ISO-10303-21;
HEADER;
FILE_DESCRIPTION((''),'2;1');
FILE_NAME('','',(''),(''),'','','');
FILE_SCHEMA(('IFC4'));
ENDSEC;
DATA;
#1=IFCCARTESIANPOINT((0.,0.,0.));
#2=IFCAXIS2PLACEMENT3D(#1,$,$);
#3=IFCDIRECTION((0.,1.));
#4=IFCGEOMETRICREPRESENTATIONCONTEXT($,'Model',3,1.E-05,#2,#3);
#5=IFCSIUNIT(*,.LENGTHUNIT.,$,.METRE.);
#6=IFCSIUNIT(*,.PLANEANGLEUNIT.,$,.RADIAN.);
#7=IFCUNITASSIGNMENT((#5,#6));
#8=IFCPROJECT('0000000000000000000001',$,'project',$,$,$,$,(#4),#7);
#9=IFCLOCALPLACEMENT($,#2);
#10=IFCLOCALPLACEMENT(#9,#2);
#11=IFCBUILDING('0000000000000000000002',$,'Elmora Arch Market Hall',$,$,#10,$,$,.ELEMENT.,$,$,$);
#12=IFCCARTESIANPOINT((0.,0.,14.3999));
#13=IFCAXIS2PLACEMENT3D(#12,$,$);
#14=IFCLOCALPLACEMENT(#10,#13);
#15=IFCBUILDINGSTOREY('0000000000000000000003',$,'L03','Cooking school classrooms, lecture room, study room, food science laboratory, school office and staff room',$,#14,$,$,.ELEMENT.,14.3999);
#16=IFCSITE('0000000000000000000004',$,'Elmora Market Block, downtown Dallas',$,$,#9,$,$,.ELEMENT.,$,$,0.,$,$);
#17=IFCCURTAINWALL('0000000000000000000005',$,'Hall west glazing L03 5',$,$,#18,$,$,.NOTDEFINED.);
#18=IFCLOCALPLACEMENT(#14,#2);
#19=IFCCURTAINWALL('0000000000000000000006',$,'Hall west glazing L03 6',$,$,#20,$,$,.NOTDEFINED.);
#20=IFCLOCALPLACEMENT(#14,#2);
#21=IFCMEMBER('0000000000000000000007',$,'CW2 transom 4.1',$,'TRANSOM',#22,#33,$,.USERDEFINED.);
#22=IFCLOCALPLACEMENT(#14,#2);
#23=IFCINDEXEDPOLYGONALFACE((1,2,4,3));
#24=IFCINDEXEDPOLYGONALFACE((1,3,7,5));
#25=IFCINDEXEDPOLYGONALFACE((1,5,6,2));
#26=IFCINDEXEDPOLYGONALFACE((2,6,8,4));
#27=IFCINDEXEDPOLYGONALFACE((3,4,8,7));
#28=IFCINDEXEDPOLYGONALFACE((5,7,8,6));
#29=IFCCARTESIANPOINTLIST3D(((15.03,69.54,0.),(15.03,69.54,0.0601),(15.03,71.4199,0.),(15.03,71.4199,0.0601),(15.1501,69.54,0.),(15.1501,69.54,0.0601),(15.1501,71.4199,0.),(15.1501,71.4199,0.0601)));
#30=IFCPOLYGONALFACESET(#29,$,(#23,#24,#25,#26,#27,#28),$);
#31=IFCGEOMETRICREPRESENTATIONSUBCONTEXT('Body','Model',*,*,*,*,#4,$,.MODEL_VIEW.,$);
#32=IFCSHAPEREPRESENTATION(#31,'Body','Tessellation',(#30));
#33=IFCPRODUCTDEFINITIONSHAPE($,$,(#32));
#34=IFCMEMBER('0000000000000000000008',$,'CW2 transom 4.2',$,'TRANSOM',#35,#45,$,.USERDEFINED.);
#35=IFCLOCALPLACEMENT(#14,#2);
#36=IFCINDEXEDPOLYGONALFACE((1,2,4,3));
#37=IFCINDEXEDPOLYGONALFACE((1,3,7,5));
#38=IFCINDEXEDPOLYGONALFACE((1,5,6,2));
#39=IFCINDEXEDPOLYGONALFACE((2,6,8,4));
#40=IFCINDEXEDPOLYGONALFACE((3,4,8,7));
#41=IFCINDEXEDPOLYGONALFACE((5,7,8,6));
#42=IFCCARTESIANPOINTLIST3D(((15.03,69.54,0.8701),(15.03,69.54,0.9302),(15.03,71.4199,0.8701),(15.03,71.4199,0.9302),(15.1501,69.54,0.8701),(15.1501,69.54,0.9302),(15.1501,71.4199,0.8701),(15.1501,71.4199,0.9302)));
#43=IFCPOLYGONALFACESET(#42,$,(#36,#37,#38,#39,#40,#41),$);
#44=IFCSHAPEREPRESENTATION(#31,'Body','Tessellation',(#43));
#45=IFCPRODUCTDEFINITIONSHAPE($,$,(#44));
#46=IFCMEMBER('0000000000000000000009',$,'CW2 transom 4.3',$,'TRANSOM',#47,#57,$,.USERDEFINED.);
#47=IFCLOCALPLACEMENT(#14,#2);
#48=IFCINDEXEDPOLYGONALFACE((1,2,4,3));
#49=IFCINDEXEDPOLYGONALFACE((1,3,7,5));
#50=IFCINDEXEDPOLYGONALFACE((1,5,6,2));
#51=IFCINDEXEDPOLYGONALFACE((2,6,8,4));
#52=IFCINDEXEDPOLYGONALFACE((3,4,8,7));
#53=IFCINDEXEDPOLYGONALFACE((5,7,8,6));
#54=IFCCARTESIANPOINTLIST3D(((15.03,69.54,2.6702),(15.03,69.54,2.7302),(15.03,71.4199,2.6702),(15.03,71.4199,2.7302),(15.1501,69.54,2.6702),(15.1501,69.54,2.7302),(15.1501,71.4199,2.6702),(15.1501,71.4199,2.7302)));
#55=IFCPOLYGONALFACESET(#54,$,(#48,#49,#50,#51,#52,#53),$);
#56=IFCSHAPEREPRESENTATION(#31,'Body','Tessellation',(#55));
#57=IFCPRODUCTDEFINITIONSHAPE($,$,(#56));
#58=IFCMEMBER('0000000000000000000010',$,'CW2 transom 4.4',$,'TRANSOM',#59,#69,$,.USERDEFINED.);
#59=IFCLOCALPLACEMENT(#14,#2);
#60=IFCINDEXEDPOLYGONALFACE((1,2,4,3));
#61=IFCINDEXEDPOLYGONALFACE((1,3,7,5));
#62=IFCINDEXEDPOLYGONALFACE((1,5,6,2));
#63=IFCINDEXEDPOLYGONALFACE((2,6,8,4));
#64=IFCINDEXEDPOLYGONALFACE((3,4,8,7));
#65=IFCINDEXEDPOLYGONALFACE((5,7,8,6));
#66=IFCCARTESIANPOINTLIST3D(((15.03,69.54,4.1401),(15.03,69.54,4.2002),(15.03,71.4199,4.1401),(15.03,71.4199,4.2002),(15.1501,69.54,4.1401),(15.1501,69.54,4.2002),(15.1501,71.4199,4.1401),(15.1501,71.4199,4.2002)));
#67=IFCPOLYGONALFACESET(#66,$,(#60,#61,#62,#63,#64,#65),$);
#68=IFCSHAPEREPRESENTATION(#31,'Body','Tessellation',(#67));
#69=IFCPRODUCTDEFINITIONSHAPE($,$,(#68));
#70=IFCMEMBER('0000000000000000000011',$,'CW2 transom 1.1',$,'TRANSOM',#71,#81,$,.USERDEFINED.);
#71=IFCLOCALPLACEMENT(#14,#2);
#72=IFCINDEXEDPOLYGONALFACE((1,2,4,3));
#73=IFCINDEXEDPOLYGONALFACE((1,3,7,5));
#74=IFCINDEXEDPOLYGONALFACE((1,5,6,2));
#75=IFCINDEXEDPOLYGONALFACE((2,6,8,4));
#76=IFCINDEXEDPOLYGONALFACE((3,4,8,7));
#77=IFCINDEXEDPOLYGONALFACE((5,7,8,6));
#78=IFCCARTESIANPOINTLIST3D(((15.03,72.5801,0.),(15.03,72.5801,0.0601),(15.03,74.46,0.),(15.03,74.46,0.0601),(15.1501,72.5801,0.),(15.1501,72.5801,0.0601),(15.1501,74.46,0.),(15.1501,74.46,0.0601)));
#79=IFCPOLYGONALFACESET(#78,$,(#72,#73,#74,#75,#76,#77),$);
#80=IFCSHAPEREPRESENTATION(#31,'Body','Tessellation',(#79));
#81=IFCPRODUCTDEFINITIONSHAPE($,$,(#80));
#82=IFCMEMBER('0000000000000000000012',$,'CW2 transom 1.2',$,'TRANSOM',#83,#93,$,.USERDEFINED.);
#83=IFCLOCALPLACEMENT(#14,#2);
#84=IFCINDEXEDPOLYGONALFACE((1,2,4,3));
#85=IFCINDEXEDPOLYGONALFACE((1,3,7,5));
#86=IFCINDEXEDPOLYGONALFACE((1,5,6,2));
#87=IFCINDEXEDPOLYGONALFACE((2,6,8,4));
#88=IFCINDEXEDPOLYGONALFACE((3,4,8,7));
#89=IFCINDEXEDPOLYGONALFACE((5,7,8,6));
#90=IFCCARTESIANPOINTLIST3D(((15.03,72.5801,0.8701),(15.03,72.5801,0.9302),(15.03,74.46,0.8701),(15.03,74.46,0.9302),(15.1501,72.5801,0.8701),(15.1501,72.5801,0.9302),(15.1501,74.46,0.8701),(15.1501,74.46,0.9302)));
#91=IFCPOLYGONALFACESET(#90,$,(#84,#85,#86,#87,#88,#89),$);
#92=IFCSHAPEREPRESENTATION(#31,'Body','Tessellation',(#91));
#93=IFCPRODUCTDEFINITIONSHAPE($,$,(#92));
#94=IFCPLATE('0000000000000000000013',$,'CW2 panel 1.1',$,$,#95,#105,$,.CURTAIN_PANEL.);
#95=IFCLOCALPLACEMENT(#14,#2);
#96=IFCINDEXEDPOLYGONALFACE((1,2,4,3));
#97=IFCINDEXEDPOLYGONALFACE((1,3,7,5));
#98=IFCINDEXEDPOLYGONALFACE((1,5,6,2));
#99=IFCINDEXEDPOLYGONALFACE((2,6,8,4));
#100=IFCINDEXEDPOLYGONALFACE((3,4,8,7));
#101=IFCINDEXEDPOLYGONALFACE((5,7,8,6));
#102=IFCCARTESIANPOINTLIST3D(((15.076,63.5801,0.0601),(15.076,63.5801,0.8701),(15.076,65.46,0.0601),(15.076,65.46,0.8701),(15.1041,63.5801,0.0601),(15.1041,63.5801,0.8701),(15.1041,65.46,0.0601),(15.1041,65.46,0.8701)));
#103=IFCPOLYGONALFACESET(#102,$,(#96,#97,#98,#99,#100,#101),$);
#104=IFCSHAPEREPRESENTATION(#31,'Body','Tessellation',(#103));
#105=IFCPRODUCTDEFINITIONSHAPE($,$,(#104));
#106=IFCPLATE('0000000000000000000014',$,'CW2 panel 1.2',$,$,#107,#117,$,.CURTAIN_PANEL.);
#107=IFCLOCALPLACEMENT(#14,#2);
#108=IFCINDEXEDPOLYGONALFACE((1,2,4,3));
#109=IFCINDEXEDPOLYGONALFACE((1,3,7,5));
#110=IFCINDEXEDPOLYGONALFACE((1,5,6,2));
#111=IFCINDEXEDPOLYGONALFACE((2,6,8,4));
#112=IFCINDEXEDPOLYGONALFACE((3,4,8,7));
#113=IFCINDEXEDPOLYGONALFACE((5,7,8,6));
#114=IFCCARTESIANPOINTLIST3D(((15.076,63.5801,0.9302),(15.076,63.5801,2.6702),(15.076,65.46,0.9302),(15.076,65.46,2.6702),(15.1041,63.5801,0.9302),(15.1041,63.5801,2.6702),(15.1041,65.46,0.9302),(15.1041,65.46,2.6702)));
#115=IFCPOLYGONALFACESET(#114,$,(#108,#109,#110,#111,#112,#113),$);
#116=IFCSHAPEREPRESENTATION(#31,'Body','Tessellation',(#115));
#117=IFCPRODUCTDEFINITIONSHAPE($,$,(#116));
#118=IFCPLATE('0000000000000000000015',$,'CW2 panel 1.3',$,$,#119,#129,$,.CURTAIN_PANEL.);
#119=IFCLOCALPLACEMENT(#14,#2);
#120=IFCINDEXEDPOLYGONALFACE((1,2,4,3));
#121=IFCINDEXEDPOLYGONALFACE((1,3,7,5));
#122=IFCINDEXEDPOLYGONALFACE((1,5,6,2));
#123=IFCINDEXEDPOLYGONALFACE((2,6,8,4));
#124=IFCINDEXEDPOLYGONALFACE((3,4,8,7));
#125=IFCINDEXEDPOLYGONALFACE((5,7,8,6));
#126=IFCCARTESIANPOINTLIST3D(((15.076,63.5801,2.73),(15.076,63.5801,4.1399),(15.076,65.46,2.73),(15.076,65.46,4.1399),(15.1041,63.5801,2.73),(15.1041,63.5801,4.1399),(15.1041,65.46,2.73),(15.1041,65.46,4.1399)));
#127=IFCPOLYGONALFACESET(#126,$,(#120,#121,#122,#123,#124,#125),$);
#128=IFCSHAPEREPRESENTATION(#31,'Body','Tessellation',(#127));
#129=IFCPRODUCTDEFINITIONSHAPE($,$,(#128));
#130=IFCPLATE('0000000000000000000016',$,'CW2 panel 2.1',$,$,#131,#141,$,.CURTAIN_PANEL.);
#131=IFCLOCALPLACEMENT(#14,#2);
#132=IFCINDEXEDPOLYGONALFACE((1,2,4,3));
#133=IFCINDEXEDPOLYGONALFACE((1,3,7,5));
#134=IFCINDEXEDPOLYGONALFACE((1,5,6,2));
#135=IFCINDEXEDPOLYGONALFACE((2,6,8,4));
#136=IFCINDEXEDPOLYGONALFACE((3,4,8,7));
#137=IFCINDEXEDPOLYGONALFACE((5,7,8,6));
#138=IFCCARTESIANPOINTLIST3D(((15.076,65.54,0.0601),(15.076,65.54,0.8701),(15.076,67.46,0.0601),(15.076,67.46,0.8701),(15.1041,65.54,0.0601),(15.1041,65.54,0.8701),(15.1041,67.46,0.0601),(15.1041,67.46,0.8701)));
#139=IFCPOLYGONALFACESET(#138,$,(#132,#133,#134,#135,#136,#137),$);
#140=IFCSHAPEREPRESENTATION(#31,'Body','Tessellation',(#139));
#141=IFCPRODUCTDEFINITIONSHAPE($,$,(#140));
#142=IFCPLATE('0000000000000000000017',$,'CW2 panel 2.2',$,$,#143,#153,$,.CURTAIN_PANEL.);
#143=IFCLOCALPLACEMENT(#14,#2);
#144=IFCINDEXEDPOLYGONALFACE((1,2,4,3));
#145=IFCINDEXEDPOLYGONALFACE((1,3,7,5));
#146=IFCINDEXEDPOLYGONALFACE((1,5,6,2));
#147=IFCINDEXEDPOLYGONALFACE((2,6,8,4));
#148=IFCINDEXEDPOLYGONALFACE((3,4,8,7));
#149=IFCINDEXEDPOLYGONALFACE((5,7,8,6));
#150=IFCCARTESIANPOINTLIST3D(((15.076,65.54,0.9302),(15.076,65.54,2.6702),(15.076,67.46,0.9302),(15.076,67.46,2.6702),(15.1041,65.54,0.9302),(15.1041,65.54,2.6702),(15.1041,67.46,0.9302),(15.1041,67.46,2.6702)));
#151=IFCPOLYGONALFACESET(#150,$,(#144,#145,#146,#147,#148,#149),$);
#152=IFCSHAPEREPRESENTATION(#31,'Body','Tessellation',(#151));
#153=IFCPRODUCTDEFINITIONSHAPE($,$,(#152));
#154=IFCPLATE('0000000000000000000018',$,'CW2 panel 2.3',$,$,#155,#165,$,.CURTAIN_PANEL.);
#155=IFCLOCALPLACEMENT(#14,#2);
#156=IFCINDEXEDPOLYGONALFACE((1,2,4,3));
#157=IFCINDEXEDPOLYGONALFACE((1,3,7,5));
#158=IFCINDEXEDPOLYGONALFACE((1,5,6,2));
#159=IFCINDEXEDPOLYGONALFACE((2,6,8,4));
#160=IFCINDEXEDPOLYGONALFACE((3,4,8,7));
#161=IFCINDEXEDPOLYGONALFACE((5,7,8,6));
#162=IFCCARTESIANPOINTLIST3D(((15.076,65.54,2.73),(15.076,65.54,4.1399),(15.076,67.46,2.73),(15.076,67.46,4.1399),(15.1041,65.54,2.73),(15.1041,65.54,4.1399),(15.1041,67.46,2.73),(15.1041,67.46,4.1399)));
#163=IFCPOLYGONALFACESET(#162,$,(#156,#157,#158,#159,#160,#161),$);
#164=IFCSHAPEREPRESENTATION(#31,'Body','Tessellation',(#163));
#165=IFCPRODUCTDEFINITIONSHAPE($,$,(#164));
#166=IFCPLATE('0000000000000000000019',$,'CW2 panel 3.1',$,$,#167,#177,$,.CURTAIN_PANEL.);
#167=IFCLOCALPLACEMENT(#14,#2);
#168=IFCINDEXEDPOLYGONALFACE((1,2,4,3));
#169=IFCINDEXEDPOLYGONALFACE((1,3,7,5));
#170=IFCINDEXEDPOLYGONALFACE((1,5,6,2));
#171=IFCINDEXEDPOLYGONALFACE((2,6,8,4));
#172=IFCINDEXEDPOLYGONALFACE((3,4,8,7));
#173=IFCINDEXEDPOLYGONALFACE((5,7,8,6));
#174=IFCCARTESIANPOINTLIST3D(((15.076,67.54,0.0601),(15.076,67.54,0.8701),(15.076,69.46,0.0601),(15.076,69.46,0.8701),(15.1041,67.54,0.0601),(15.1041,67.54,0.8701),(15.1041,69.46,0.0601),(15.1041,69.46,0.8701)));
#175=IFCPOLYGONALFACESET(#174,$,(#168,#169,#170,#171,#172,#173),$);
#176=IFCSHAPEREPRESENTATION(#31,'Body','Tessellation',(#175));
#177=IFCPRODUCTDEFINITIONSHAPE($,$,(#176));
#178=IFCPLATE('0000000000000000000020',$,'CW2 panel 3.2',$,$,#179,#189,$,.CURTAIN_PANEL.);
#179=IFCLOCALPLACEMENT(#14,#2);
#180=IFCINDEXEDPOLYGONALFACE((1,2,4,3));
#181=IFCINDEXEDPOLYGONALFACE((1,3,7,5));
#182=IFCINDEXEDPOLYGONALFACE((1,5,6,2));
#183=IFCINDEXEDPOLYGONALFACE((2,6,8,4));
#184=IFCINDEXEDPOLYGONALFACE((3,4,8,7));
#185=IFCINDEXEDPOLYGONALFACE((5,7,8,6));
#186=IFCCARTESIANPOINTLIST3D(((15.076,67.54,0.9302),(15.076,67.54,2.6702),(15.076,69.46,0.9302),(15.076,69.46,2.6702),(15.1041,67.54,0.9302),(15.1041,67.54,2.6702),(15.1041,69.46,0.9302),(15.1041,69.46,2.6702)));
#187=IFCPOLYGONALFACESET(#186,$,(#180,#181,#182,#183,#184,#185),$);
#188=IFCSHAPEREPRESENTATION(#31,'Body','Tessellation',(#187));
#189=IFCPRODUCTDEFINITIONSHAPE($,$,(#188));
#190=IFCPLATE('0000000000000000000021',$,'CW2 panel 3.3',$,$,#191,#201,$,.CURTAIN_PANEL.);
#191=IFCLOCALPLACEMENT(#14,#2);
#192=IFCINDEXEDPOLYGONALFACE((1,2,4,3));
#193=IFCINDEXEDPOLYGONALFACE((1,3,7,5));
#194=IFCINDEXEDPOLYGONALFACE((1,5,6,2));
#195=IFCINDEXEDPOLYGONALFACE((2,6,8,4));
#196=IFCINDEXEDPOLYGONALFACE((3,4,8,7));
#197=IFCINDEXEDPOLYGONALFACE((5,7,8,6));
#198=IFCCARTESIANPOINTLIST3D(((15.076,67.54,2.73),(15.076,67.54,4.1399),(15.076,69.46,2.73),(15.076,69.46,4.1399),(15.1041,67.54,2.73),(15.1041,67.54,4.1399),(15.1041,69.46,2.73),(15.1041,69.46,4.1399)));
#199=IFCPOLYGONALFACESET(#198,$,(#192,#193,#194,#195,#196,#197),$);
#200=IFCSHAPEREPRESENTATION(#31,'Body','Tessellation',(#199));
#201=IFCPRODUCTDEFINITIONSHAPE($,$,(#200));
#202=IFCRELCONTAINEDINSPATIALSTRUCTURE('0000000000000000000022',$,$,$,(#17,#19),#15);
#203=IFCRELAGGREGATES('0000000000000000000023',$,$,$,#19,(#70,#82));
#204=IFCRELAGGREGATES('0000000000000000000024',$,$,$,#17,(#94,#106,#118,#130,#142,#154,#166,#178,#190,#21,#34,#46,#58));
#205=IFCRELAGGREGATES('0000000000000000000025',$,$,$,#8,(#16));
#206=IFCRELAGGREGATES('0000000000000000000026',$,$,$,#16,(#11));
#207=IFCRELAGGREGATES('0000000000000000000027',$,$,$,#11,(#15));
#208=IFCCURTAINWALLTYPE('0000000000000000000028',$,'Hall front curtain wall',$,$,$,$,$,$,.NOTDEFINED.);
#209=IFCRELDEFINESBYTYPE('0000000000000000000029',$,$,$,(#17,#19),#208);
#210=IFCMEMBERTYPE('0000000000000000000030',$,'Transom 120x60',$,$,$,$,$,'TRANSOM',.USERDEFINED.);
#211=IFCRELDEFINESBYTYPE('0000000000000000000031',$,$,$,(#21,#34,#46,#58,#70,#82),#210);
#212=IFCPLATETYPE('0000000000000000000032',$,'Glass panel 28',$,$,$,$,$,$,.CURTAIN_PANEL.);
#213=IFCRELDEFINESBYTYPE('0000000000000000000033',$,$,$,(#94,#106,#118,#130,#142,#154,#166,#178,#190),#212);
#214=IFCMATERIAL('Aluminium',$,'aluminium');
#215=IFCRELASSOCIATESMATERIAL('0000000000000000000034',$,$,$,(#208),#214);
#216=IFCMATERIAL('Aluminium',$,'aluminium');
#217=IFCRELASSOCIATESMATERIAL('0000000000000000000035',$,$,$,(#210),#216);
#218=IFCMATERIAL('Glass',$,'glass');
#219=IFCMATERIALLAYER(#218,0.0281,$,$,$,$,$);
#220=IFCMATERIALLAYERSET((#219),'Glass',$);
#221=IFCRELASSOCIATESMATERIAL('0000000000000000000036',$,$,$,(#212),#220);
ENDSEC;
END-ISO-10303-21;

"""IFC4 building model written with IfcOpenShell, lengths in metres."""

from ifc_helpers import new_model, si_unit, direction, frame, origin, origin_2d, place, context, subcontext, project, spatial, rectangle, extrude, material, layer, layer_set, material_profile, profile_set, type_object, element, aggregate, save


model = new_model("IFC4")

# Units and contexts
model_context = context("Model", 3, precision=1e-05, world=origin(), true_north=direction((0.0, 1.0)))
body_context = subcontext(model_context, "Body", "Model", "MODEL_VIEW")
ifc_project = project(units=[si_unit("LENGTHUNIT", "METRE"), si_unit("PLANEANGLEUNIT", "RADIAN")], contexts=[model_context])

# Site, building, storey
site_placement = place(None, origin())
site = spatial("IfcSite", under=ifc_project, at=site_placement, Name="Elmora Market Block, downtown Dallas", CompositionType="ELEMENT", RefElevation=0.0)
building_placement = place(site_placement, origin())
building = spatial("IfcBuilding", under=site, at=building_placement, Name="Elmora Arch Market Hall", CompositionType="ELEMENT")
storey_placement = place(building_placement, frame((0.0, 0.0, 14.3999)))
storey = spatial("IfcBuildingStorey", under=building, at=storey_placement, Name="L03", Description="Cooking school classrooms, lecture room, study room, food science laboratory, school office and staff room", CompositionType="ELEMENT", Elevation=14.3999)

# Curtain wall
ifc_material_1 = material(Name="Aluminium", Category="aluminium")
curtain_wall_type = type_object("IfcCurtainWallType", Name="Hall front curtain wall", PredefinedType="NOTDEFINED", material=ifc_material_1)
curtain_wall_1_placement = place(storey_placement, origin())
curtain_wall_1 = element("IfcCurtainWall", 1, at=curtain_wall_1_placement, inside=storey, type_object=curtain_wall_type, Name="Hall west glazing L03 5", PredefinedType="NOTDEFINED")

# Curtain wall
curtain_wall_2_placement = place(storey_placement, origin())
curtain_wall_2 = element("IfcCurtainWall", 2, at=curtain_wall_2_placement, inside=storey, type_object=curtain_wall_type, Name="Hall west glazing L03 6", PredefinedType="NOTDEFINED")

# Members
ifc_material_2 = material(Name="Aluminium", Category="aluminium")
ifc_material_profile_1 = material_profile(ifc_material_2, rectangle(XDim=0.1201, YDim=0.0601, at=origin_2d()), Name="AL 120x60")
ifc_profile_set_1 = profile_set([ifc_material_profile_1], Name="Aluminium")
member_type_1 = type_object("IfcMemberType", Name="Transom 120x60", ElementType="TRANSOM", PredefinedType="USERDEFINED", material=ifc_profile_set_1)
member_1_placement = place(storey_placement, frame((15.0901, 69.54, 0.03), z_axis=(0.0, 1.0, 0.0), x_axis=(-1.0, 0.0, 0.0)))
member_1 = element("IfcMember", 3, at=member_1_placement, type_object=member_type_1, Name="CW2 transom 4.1", ObjectType="TRANSOM", PredefinedType="USERDEFINED", context=body_context, shape_type="SweptSolid", body=[
    extrude(rectangle(XDim=0.1201, YDim=0.0601, at=origin_2d()), origin(), (0.0, 0.0, 1.0), 1.8799),
])
member_2_placement = place(storey_placement, frame((15.0901, 69.54, 0.9001), z_axis=(0.0, 1.0, 0.0), x_axis=(-1.0, 0.0, 0.0)))
member_2 = element("IfcMember", 4, at=member_2_placement, type_object=member_type_1, Name="CW2 transom 4.2", ObjectType="TRANSOM", PredefinedType="USERDEFINED", context=body_context, shape_type="SweptSolid", body=[
    extrude(rectangle(XDim=0.1201, YDim=0.0601, at=origin_2d()), origin(), (0.0, 0.0, 1.0), 1.8799),
])
member_3_placement = place(storey_placement, frame((15.0901, 69.54, 2.7002), z_axis=(0.0, 1.0, 0.0), x_axis=(-1.0, 0.0, 0.0)))
member_3 = element("IfcMember", 5, at=member_3_placement, type_object=member_type_1, Name="CW2 transom 4.3", ObjectType="TRANSOM", PredefinedType="USERDEFINED", context=body_context, shape_type="SweptSolid", body=[
    extrude(rectangle(XDim=0.1201, YDim=0.0601, at=origin_2d()), origin(), (0.0, 0.0, 1.0), 1.8799),
])
member_4_placement = place(storey_placement, frame((15.0901, 69.54, 4.1702), z_axis=(0.0, 1.0, 0.0), x_axis=(-1.0, 0.0, 0.0)))
member_4 = element("IfcMember", 6, at=member_4_placement, type_object=member_type_1, Name="CW2 transom 4.4", ObjectType="TRANSOM", PredefinedType="USERDEFINED", context=body_context, shape_type="SweptSolid", body=[
    extrude(rectangle(XDim=0.1201, YDim=0.0601, at=origin_2d()), origin(), (0.0, 0.0, 1.0), 1.8799),
])
member_5_placement = place(storey_placement, frame((15.0901, 72.5801, 0.03), z_axis=(0.0, 1.0, 0.0), x_axis=(-1.0, 0.0, 0.0)))
member_5 = element("IfcMember", 7, at=member_5_placement, type_object=member_type_1, Name="CW2 transom 1.1", ObjectType="TRANSOM", PredefinedType="USERDEFINED", context=body_context, shape_type="SweptSolid", body=[
    extrude(rectangle(XDim=0.1201, YDim=0.0601, at=origin_2d()), origin(), (0.0, 0.0, 1.0), 1.8799),
])
member_6_placement = place(storey_placement, frame((15.0901, 72.5801, 0.9001), z_axis=(0.0, 1.0, 0.0), x_axis=(-1.0, 0.0, 0.0)))
member_6 = element("IfcMember", 8, at=member_6_placement, type_object=member_type_1, Name="CW2 transom 1.2", ObjectType="TRANSOM", PredefinedType="USERDEFINED", context=body_context, shape_type="SweptSolid", body=[
    extrude(rectangle(XDim=0.1201, YDim=0.0601, at=origin_2d()), origin(), (0.0, 0.0, 1.0), 1.8799),
])
aggregate(curtain_wall_2, [member_5, member_6])

# Plates
ifc_material_3 = material(Name="Glass", Category="glass")
ifc_layer = layer(ifc_material_3, 0.0281)
ifc_layer_set = layer_set([ifc_layer], Name="Glass")
plate_type = type_object("IfcPlateType", Name="Glass panel 28", PredefinedType="CURTAIN_PANEL", material=ifc_layer_set)
plate_1_placement = place(storey_placement, frame((15.0901, 64.52, 0.0601), z_axis=(0.0, 0.0, 1.0), x_axis=(0.0, 1.0, 0.0)))
plate_1 = element("IfcPlate", 9, at=plate_1_placement, type_object=plate_type, Name="CW2 panel 1.1", PredefinedType="CURTAIN_PANEL", context=body_context, shape_type="SweptSolid", body=[
    extrude(rectangle(XDim=1.8799, YDim=0.0281, at=origin_2d()), origin(), (0.0, 0.0, 1.0), 0.8101),
])
plate_2_placement = place(storey_placement, frame((15.0901, 64.52, 0.9302), z_axis=(0.0, 0.0, 1.0), x_axis=(0.0, 1.0, 0.0)))
plate_2 = element("IfcPlate", 10, at=plate_2_placement, type_object=plate_type, Name="CW2 panel 1.2", PredefinedType="CURTAIN_PANEL", context=body_context, shape_type="SweptSolid", body=[
    extrude(rectangle(XDim=1.8799, YDim=0.0281, at=origin_2d()), origin(), (0.0, 0.0, 1.0), 1.74),
])
plate_3_placement = place(storey_placement, frame((15.0901, 64.52, 2.73), z_axis=(0.0, 0.0, 1.0), x_axis=(0.0, 1.0, 0.0)))
plate_3 = element("IfcPlate", 11, at=plate_3_placement, type_object=plate_type, Name="CW2 panel 1.3", PredefinedType="CURTAIN_PANEL", context=body_context, shape_type="SweptSolid", body=[
    extrude(rectangle(XDim=1.8799, YDim=0.0281, at=origin_2d()), origin(), (0.0, 0.0, 1.0), 1.4099),
])
plate_4_placement = place(storey_placement, frame((15.0901, 66.5, 0.0601), z_axis=(0.0, 0.0, 1.0), x_axis=(0.0, 1.0, 0.0)))
plate_4 = element("IfcPlate", 12, at=plate_4_placement, type_object=plate_type, Name="CW2 panel 2.1", PredefinedType="CURTAIN_PANEL", context=body_context, shape_type="SweptSolid", body=[
    extrude(rectangle(XDim=1.9199, YDim=0.0281, at=origin_2d()), origin(), (0.0, 0.0, 1.0), 0.8101),
])
plate_5_placement = place(storey_placement, frame((15.0901, 66.5, 0.9302), z_axis=(0.0, 0.0, 1.0), x_axis=(0.0, 1.0, 0.0)))
plate_5 = element("IfcPlate", 13, at=plate_5_placement, type_object=plate_type, Name="CW2 panel 2.2", PredefinedType="CURTAIN_PANEL", context=body_context, shape_type="SweptSolid", body=[
    extrude(rectangle(XDim=1.9199, YDim=0.0281, at=origin_2d()), origin(), (0.0, 0.0, 1.0), 1.74),
])
plate_6_placement = place(storey_placement, frame((15.0901, 66.5, 2.73), z_axis=(0.0, 0.0, 1.0), x_axis=(0.0, 1.0, 0.0)))
plate_6 = element("IfcPlate", 14, at=plate_6_placement, type_object=plate_type, Name="CW2 panel 2.3", PredefinedType="CURTAIN_PANEL", context=body_context, shape_type="SweptSolid", body=[
    extrude(rectangle(XDim=1.9199, YDim=0.0281, at=origin_2d()), origin(), (0.0, 0.0, 1.0), 1.4099),
])
plate_7_placement = place(storey_placement, frame((15.0901, 68.5, 0.0601), z_axis=(0.0, 0.0, 1.0), x_axis=(0.0, 1.0, 0.0)))
plate_7 = element("IfcPlate", 15, at=plate_7_placement, type_object=plate_type, Name="CW2 panel 3.1", PredefinedType="CURTAIN_PANEL", context=body_context, shape_type="SweptSolid", body=[
    extrude(rectangle(XDim=1.9199, YDim=0.0281, at=origin_2d()), origin(), (0.0, 0.0, 1.0), 0.8101),
])
plate_8_placement = place(storey_placement, frame((15.0901, 68.5, 0.9302), z_axis=(0.0, 0.0, 1.0), x_axis=(0.0, 1.0, 0.0)))
plate_8 = element("IfcPlate", 16, at=plate_8_placement, type_object=plate_type, Name="CW2 panel 3.2", PredefinedType="CURTAIN_PANEL", context=body_context, shape_type="SweptSolid", body=[
    extrude(rectangle(XDim=1.9199, YDim=0.0281, at=origin_2d()), origin(), (0.0, 0.0, 1.0), 1.74),
])
plate_9_placement = place(storey_placement, frame((15.0901, 68.5, 2.73), z_axis=(0.0, 0.0, 1.0), x_axis=(0.0, 1.0, 0.0)))
plate_9 = element("IfcPlate", 17, at=plate_9_placement, type_object=plate_type, Name="CW2 panel 3.3", PredefinedType="CURTAIN_PANEL", context=body_context, shape_type="SweptSolid", body=[
    extrude(rectangle(XDim=1.9199, YDim=0.0281, at=origin_2d()), origin(), (0.0, 0.0, 1.0), 1.4099),
])
aggregate(curtain_wall_1, [plate_1, plate_2, plate_3, plate_4, plate_5, plate_6, plate_7, plate_8, plate_9, member_1, member_2, member_3, member_4])

save(model, "model.ifc")
